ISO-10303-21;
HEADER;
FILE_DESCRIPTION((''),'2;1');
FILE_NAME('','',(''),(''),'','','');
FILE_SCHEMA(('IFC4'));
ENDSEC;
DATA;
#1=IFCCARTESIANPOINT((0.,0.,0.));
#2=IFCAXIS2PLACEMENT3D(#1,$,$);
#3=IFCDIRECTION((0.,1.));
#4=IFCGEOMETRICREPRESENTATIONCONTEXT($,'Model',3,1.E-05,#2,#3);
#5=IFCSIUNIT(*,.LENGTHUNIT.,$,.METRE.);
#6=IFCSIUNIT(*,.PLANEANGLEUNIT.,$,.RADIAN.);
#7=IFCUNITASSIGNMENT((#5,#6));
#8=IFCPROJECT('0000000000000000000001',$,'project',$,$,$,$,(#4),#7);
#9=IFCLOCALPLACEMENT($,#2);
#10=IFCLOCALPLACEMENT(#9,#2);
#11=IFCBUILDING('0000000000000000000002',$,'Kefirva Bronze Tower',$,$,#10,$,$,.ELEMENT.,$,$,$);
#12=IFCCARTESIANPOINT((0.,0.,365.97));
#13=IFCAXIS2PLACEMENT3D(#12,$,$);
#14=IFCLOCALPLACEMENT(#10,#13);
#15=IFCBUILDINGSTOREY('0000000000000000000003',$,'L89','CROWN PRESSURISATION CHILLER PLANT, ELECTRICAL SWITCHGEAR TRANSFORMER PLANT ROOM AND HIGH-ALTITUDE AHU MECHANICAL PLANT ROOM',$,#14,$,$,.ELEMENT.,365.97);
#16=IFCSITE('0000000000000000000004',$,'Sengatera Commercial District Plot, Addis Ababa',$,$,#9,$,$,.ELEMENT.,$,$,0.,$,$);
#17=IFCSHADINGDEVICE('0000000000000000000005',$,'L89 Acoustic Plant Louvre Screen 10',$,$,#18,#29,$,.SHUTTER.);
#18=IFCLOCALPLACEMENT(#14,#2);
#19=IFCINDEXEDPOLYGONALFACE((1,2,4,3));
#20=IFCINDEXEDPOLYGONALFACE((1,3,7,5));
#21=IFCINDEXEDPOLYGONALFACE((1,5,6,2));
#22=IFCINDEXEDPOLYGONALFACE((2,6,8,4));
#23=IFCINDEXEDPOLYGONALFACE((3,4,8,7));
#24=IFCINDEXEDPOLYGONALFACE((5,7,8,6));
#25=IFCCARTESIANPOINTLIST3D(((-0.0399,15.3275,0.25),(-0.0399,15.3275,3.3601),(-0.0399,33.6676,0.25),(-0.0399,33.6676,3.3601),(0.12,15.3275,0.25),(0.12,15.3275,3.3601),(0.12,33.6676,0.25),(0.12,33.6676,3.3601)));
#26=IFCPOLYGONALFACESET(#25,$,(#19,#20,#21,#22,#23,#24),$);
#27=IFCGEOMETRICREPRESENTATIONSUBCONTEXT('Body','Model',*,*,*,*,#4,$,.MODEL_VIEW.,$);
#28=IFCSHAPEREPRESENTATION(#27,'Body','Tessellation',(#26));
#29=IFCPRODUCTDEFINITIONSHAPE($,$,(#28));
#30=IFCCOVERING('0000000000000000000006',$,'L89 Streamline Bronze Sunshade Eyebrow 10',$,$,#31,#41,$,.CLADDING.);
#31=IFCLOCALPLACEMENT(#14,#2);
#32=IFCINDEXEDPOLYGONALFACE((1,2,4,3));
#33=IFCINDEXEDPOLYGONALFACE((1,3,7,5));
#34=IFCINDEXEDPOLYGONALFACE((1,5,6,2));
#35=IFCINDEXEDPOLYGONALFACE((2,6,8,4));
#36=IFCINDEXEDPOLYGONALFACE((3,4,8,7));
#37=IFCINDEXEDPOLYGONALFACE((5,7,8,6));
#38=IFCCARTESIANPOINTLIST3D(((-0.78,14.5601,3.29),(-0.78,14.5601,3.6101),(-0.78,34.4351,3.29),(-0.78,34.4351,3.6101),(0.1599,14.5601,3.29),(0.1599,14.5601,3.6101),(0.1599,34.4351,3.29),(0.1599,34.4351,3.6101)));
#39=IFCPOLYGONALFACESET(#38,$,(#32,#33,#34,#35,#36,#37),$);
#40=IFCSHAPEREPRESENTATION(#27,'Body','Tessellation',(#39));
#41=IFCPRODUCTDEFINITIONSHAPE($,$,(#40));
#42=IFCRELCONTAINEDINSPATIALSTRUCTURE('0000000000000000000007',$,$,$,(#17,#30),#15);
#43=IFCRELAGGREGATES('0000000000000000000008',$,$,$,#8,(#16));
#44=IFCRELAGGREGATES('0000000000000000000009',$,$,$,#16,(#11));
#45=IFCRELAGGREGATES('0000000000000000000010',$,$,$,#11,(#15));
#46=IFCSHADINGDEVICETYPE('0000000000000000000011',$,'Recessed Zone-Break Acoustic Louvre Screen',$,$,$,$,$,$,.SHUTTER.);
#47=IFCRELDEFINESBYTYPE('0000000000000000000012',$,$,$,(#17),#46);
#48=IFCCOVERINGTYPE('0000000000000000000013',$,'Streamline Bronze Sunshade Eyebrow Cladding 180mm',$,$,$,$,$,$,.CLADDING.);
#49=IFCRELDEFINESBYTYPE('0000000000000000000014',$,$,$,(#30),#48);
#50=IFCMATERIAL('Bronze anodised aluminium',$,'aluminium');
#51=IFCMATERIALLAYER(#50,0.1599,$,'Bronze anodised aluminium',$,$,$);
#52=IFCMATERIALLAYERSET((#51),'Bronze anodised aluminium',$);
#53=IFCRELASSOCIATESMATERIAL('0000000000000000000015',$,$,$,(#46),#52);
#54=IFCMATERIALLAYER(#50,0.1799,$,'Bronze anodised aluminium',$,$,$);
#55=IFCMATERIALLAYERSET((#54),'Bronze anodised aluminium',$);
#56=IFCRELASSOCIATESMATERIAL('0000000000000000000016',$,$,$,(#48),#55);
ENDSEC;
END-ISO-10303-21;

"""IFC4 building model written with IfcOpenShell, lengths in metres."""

from ifc_helpers import new_model, si_unit, direction, frame, origin, origin_2d, place, context, subcontext, project, spatial, rectangle, extrude, material, layer, layer_set, type_object, element, save


model = new_model("IFC4")

# Units and contexts
model_context = context("Model", 3, precision=1e-05, world=origin(), true_north=direction((0.0, 1.0)))
body_context = subcontext(model_context, "Body", "Model", "MODEL_VIEW")
ifc_project = project(units=[si_unit("LENGTHUNIT", "METRE"), si_unit("PLANEANGLEUNIT", "RADIAN")], contexts=[model_context])

# Site, building, storey
site_placement = place(None, origin())
site = spatial("IfcSite", under=ifc_project, at=site_placement, Name="Sengatera Commercial District Plot, Addis Ababa", CompositionType="ELEMENT", RefElevation=0.0)
building_placement = place(site_placement, origin())
building = spatial("IfcBuilding", under=site, at=building_placement, Name="Kefirva Bronze Tower", CompositionType="ELEMENT")
storey_placement = place(building_placement, frame((0.0, 0.0, 365.97)))
storey = spatial("IfcBuildingStorey", under=building, at=storey_placement, Name="L89", Description="CROWN PRESSURISATION CHILLER PLANT, ELECTRICAL SWITCHGEAR TRANSFORMER PLANT ROOM AND HIGH-ALTITUDE AHU MECHANICAL PLANT ROOM", CompositionType="ELEMENT", Elevation=365.97)

# Shared definitions
ifc_material_1 = material(Name="Bronze anodised aluminium", Category="aluminium")

# Shading device
ifc_layer_1 = layer(ifc_material_1, 0.1599, Name="Bronze anodised aluminium")
ifc_layer_set_1 = layer_set([ifc_layer_1], Name="Bronze anodised aluminium")
shading_device_type_1 = type_object("IfcShadingDeviceType", Name="Recessed Zone-Break Acoustic Louvre Screen", PredefinedType="SHUTTER", material=ifc_layer_set_1)
shading_device_1_placement = place(storey_placement, frame((0.04, 24.4976, 0.25), z_axis=(0.0, 0.0, 1.0), x_axis=(0.0, -1.0, 0.0)))
element("IfcShadingDevice", 1, at=shading_device_1_placement, inside=storey, type_object=shading_device_type_1, Name="L89 Acoustic Plant Louvre Screen 10", PredefinedType="SHUTTER", context=body_context, shape_type="SweptSolid", body=[
    extrude(rectangle(XDim=18.3401, YDim=0.1599, at=origin_2d()), origin(), (0.0, 0.0, 1.0), 3.1101),
])

# Covering
ifc_layer_2 = layer(ifc_material_1, 0.1799, Name="Bronze anodised aluminium")
ifc_layer_set_2 = layer_set([ifc_layer_2], Name="Bronze anodised aluminium")
covering_type_1 = type_object("IfcCoveringType", Name="Streamline Bronze Sunshade Eyebrow Cladding 180mm", PredefinedType="CLADDING", material=ifc_layer_set_2)
covering_1_placement = place(storey_placement, frame((-0.3101, 24.4976, 3.29), z_axis=(0.0, 0.0, 1.0), x_axis=(0.0, -1.0, 0.0)))
element("IfcCovering", 2, at=covering_1_placement, inside=storey, type_object=covering_type_1, Name="L89 Streamline Bronze Sunshade Eyebrow 10", PredefinedType="CLADDING", context=body_context, shape_type="SweptSolid", body=[
    extrude(rectangle(XDim=19.875, YDim=0.9399, at=origin_2d()), origin(), (0.0, 0.0, 1.0), 0.3201),
])

save(model, "model.ifc")
